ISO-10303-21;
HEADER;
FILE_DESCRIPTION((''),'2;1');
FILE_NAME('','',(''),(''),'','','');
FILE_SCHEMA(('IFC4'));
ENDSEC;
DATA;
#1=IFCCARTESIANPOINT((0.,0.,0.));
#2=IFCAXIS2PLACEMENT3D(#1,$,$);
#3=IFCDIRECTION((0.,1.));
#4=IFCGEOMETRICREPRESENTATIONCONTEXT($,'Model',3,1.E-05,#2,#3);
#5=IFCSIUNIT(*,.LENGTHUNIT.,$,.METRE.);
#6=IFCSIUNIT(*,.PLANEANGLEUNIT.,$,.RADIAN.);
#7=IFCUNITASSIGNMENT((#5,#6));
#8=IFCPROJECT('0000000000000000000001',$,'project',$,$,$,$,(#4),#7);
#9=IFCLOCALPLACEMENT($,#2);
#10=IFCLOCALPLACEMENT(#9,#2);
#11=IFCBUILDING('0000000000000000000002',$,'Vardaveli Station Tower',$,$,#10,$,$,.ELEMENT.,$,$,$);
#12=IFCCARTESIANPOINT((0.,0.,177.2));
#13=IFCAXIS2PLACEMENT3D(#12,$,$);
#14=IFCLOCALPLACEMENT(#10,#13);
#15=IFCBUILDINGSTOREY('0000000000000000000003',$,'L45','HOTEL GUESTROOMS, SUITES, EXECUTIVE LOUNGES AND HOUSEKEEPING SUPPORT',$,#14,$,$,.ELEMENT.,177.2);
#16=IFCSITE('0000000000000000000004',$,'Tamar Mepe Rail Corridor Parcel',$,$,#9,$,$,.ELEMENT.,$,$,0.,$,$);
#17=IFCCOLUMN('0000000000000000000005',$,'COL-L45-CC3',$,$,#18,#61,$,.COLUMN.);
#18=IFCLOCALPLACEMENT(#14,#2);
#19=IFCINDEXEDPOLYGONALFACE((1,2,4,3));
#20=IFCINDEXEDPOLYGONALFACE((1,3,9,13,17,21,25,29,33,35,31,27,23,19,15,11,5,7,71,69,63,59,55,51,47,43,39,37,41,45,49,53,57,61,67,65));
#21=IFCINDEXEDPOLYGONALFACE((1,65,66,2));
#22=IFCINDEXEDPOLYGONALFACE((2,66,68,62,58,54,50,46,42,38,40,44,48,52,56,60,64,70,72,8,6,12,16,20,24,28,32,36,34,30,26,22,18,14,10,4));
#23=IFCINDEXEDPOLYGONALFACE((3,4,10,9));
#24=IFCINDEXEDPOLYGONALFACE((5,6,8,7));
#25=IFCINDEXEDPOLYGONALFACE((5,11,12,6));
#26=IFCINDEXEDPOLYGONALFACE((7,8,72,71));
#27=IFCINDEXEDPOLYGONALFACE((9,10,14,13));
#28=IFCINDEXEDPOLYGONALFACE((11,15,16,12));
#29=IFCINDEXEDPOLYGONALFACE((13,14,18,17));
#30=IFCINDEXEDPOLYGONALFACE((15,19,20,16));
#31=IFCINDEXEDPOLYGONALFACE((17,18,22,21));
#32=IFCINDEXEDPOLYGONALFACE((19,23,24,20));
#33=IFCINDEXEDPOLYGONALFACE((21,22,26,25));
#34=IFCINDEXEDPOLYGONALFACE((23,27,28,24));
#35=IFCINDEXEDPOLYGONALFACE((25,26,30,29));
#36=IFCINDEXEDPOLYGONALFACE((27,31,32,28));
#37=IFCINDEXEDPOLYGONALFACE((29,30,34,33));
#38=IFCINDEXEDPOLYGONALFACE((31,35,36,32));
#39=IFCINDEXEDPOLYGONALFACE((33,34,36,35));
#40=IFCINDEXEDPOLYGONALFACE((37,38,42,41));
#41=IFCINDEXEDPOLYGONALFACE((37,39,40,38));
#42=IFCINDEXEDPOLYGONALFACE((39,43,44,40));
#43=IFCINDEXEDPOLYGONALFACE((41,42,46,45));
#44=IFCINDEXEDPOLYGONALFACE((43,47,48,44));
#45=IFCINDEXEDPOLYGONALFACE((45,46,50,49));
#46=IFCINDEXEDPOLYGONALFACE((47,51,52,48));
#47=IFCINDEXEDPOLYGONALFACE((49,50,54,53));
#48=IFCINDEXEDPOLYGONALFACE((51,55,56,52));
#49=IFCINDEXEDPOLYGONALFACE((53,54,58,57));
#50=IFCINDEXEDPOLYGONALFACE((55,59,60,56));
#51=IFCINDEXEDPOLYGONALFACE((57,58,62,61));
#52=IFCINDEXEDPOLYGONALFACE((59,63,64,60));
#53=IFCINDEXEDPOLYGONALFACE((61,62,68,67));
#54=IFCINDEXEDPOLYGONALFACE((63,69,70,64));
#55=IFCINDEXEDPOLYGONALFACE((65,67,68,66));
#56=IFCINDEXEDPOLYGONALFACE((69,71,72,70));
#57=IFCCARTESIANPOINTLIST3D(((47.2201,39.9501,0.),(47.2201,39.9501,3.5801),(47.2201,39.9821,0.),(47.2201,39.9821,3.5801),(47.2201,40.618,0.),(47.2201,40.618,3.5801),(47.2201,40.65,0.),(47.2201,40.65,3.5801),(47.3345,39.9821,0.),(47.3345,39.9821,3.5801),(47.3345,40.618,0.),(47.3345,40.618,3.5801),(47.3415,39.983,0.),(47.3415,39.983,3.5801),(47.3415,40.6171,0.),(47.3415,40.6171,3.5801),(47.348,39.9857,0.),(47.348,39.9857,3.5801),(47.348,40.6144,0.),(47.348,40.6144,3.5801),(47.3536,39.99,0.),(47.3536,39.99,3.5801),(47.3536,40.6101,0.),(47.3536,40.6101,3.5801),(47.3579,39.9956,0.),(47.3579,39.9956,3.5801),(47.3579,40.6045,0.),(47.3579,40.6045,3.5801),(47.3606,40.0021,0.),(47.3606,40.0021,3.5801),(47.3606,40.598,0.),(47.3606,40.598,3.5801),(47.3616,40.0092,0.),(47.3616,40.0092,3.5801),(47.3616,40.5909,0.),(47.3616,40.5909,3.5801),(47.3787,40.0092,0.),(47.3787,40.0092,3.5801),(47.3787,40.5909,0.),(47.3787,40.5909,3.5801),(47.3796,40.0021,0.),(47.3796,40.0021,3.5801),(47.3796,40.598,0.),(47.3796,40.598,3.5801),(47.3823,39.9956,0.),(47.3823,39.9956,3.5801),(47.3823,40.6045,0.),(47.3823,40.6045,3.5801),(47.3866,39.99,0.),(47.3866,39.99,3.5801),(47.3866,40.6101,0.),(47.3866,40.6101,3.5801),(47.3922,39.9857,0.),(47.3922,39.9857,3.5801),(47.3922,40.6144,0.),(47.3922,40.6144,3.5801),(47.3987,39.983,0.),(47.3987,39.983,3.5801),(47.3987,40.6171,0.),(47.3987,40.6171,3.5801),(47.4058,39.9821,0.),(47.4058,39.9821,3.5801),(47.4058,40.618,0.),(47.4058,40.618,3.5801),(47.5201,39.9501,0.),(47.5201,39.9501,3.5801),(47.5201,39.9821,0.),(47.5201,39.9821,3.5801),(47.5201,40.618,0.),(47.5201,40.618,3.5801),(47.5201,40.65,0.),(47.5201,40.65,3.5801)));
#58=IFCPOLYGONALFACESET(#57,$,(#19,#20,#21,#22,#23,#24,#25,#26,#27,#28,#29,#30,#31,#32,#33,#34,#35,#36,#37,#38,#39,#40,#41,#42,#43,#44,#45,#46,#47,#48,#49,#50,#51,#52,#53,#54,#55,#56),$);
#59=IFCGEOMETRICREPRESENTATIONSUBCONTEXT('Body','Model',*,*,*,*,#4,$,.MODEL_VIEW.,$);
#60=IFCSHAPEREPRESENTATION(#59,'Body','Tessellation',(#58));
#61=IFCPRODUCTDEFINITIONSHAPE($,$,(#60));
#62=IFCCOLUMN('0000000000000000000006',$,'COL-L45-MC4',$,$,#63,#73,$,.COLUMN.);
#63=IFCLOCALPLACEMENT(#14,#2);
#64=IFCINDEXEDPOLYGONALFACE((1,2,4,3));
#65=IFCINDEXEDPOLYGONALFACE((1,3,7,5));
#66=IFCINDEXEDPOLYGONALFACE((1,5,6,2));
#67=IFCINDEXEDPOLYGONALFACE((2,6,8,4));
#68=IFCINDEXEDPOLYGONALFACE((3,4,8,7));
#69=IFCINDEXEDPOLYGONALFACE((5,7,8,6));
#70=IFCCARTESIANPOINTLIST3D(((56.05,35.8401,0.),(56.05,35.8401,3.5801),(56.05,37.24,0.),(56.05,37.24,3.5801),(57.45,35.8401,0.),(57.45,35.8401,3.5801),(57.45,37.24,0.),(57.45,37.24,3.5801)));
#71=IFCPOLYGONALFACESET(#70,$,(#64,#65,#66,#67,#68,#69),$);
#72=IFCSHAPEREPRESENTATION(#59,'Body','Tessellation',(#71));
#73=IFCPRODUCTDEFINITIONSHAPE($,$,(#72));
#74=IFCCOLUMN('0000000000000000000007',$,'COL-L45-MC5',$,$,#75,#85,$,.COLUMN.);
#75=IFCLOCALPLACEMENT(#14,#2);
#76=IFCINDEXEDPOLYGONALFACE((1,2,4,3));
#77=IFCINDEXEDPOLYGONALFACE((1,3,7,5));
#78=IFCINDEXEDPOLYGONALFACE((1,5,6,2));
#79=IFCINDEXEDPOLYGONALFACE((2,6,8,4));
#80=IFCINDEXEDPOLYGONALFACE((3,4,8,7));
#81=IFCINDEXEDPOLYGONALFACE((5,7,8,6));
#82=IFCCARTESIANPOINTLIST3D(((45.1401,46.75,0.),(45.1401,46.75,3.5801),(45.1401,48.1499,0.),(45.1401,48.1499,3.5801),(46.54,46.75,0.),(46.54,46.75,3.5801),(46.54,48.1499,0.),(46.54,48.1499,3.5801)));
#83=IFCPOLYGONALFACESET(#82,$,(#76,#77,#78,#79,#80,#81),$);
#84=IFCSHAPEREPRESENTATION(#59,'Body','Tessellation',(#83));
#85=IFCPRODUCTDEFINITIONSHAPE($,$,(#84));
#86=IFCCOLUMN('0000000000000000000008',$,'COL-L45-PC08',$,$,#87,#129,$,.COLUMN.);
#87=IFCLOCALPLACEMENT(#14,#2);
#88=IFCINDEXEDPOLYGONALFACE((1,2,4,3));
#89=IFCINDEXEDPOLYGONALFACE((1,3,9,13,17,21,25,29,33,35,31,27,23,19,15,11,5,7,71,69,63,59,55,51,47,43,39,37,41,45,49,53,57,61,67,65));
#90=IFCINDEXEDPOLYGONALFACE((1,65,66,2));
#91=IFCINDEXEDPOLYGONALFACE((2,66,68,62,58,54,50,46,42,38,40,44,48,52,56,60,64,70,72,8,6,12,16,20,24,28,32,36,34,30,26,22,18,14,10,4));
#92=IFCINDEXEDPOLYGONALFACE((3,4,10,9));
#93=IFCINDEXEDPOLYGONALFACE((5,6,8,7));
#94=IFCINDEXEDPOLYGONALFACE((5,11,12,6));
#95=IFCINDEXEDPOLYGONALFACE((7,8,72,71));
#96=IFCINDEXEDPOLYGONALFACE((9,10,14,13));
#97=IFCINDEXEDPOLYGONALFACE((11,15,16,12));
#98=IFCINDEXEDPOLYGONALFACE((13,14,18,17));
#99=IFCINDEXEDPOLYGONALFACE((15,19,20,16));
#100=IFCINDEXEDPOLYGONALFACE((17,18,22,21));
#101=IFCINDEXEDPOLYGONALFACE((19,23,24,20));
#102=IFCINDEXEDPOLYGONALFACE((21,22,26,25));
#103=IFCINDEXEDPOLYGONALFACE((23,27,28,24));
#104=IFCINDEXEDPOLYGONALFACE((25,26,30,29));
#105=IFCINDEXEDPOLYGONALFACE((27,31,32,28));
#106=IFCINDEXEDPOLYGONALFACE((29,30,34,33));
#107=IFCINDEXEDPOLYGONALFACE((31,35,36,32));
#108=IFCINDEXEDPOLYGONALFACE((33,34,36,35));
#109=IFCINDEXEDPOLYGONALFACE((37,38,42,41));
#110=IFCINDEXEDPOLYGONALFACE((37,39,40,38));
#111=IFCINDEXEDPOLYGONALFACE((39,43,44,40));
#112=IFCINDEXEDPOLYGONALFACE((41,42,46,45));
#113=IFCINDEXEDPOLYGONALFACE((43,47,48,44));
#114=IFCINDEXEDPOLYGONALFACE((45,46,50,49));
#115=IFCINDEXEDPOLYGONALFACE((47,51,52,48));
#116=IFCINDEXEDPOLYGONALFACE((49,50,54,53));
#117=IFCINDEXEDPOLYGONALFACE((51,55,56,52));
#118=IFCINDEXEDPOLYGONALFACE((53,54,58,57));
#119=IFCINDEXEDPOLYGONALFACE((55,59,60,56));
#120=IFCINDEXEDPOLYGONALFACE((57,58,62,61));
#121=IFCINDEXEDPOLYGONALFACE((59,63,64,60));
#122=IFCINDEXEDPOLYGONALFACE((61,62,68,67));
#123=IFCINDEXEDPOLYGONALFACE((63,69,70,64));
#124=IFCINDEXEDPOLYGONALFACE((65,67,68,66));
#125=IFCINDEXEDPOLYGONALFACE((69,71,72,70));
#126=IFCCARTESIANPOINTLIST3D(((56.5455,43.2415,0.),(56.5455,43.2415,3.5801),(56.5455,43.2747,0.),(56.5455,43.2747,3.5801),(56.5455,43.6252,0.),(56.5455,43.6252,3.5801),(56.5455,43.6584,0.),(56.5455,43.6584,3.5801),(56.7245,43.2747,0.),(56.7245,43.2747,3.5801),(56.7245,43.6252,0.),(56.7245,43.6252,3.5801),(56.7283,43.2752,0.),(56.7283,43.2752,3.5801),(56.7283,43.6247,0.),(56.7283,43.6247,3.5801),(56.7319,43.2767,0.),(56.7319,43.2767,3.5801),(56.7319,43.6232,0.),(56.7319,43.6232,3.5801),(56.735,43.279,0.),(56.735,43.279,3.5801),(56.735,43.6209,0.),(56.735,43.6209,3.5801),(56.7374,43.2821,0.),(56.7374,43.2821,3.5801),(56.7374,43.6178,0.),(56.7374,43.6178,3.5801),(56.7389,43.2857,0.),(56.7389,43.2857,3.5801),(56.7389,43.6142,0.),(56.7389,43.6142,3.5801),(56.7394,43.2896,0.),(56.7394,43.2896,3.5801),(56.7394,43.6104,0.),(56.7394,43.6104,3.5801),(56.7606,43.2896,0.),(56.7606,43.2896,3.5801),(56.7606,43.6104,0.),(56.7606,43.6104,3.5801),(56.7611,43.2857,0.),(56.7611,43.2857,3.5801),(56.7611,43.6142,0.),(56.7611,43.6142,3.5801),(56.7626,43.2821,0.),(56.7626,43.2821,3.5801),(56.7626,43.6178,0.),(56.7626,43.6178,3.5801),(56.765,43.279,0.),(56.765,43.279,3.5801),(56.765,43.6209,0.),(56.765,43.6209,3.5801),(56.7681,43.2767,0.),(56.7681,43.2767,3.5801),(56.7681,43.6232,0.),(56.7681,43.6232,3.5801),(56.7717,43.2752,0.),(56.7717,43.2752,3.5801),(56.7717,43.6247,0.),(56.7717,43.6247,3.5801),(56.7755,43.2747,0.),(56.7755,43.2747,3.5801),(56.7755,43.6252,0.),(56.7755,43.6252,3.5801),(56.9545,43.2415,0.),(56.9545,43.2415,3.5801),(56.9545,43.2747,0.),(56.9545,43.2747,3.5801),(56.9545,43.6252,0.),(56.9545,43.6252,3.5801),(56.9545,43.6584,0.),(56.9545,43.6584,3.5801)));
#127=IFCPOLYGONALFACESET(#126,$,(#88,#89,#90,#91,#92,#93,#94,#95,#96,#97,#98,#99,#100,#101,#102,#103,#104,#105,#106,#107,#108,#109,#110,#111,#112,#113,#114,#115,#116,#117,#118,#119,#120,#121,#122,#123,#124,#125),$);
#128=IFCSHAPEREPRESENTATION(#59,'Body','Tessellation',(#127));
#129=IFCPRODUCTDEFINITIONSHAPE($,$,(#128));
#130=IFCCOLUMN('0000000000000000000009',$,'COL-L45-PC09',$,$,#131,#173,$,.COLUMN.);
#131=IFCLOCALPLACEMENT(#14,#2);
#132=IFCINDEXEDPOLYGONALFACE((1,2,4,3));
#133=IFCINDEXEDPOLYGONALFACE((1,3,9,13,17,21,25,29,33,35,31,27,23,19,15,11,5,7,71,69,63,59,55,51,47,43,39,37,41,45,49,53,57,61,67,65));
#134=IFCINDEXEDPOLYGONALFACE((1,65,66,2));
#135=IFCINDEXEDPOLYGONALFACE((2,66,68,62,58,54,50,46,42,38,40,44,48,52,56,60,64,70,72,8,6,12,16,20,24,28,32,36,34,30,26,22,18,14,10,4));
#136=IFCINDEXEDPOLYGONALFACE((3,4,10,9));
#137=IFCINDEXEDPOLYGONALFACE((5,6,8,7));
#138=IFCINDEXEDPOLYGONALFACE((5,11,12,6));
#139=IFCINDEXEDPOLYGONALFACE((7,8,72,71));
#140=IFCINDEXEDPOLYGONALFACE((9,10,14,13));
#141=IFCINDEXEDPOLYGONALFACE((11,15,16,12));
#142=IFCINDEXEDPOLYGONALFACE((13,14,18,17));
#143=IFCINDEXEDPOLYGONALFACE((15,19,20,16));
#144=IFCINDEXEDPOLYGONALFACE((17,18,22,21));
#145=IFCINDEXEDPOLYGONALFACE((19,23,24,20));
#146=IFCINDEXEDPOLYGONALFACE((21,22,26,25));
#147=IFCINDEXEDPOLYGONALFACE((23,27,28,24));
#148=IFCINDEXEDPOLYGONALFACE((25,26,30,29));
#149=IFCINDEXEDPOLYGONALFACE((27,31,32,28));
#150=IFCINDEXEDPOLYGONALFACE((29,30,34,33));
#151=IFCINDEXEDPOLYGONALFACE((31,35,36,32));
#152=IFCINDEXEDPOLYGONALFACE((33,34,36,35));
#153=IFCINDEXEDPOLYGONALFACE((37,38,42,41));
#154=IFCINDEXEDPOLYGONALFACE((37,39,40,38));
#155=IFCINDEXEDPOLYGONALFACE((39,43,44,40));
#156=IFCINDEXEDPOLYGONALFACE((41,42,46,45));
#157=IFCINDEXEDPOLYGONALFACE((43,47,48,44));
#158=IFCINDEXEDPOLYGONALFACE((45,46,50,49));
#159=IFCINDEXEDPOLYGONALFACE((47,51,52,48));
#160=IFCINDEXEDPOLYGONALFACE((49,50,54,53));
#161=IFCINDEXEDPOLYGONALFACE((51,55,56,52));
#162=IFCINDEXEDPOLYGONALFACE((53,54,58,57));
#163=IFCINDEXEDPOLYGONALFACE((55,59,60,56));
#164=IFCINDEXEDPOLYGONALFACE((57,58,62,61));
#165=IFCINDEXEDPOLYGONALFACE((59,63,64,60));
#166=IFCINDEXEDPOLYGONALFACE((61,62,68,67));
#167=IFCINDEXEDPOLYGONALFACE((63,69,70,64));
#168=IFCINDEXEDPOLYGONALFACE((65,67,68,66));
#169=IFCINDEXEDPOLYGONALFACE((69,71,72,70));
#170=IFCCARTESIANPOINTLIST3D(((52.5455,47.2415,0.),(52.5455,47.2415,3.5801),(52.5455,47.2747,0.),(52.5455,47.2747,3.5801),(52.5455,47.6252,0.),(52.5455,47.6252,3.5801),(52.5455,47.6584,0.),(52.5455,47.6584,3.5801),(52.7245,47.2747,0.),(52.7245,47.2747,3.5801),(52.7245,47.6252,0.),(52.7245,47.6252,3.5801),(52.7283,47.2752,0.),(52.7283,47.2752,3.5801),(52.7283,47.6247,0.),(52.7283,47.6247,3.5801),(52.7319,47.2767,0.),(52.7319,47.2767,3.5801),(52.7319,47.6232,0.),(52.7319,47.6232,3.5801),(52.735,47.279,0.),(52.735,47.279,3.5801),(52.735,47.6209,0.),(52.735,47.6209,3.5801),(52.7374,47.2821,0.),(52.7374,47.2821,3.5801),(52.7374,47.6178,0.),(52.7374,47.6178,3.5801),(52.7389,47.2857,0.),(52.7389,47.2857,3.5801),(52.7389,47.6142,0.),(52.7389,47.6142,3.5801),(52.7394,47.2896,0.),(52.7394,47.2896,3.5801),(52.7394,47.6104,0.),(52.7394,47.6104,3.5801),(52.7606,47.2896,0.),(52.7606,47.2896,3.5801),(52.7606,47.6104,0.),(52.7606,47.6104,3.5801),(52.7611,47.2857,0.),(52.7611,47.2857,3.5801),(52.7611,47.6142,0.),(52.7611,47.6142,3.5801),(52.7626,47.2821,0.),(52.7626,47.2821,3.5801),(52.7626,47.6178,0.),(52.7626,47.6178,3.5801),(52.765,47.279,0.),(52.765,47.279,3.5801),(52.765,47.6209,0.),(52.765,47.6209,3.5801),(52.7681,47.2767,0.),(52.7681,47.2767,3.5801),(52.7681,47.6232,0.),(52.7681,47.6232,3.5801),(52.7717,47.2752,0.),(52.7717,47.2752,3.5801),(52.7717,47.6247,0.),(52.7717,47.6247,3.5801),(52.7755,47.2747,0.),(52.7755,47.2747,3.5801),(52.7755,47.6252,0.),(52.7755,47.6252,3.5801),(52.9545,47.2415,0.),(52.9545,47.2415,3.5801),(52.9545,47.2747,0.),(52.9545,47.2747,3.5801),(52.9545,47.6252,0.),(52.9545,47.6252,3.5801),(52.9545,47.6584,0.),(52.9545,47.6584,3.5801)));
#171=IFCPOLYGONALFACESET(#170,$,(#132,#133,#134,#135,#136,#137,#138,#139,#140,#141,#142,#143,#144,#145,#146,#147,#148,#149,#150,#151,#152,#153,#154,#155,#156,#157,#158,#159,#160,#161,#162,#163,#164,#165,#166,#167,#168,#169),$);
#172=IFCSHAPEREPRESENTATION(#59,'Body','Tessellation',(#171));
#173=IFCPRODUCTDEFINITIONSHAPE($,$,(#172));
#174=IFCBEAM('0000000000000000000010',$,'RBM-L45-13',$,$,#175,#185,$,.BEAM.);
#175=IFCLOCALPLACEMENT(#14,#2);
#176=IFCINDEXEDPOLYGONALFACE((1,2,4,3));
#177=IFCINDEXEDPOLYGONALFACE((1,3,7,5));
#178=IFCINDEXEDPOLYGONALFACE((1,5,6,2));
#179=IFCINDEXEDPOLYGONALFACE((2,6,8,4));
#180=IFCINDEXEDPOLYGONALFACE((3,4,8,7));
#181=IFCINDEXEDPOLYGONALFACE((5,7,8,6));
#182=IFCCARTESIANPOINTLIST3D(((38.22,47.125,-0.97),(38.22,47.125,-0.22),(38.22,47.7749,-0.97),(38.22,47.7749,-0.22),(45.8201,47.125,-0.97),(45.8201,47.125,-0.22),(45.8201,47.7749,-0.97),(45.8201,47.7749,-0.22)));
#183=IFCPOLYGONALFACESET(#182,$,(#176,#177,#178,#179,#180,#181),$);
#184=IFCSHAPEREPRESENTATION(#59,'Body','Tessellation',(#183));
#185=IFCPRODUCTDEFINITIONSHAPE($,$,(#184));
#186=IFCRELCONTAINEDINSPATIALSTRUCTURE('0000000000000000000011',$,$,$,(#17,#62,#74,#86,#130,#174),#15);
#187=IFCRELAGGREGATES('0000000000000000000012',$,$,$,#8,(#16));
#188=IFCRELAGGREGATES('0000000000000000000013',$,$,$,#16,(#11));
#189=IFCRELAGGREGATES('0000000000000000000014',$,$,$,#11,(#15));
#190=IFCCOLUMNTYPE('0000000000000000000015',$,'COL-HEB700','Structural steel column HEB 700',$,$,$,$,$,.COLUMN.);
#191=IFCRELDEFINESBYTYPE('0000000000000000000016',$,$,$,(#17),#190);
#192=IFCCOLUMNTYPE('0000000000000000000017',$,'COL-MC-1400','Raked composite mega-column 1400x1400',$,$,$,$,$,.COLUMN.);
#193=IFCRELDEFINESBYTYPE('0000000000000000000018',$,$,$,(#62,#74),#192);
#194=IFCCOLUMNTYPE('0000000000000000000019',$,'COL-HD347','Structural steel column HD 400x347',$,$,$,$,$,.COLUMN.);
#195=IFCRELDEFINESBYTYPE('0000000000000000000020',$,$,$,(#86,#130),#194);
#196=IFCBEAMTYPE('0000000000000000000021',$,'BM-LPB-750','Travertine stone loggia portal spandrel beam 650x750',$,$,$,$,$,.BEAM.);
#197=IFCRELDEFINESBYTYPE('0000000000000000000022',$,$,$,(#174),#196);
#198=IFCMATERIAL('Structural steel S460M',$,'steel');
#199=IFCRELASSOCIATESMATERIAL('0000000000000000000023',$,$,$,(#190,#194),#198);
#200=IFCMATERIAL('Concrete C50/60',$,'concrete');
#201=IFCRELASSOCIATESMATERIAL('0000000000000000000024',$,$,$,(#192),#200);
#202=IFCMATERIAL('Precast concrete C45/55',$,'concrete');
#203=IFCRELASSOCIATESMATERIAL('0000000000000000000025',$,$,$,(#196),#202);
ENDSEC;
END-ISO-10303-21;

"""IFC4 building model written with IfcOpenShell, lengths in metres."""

from ifc_helpers import new_model, si_unit, direction, frame, origin, origin_2d, place, context, subcontext, project, spatial, rectangle, i_section, extrude, source, transform, mapped, material, material_profile, profile_set, type_object, element, save


model = new_model("IFC4")

# Units and contexts
model_context = context("Model", 3, precision=1e-05, world=origin(), true_north=direction((0.0, 1.0)))
body_context = subcontext(model_context, "Body", "Model", "MODEL_VIEW")
ifc_project = project(units=[si_unit("LENGTHUNIT", "METRE"), si_unit("PLANEANGLEUNIT", "RADIAN")], contexts=[model_context])

# Site, building, storey
site_placement = place(None, origin())
site = spatial("IfcSite", under=ifc_project, at=site_placement, Name="Tamar Mepe Rail Corridor Parcel", CompositionType="ELEMENT", RefElevation=0.0)
building_placement = place(site_placement, origin())
building = spatial("IfcBuilding", under=site, at=building_placement, Name="Vardaveli Station Tower", CompositionType="ELEMENT")
storey_placement = place(building_placement, frame((0.0, 0.0, 177.2)))
storey = spatial("IfcBuildingStorey", under=building, at=storey_placement, Name="L45", Description="HOTEL GUESTROOMS, SUITES, EXECUTIVE LOUNGES AND HOUSEKEEPING SUPPORT", CompositionType="ELEMENT", Elevation=177.2)

# Columns
ifc_material_1 = material(Name="Structural steel S460M", Category="steel")
ifc_material_profile_1 = material_profile(ifc_material_1, i_section(OverallWidth=0.3, OverallDepth=0.7, WebThickness=0.0171, FlangeThickness=0.032, FilletRadius=0.0271, at=origin_2d()), Name="HEB 700")
ifc_profile_set_1 = profile_set([ifc_material_profile_1], Name="Structural steel S460M")
column_type_1 = type_object("IfcColumnType", Name="COL-HEB700", Description="Structural steel column HEB 700", PredefinedType="COLUMN", material=ifc_profile_set_1)
shared_shape_1 = source(origin(), body_context, "Body", "SweptSolid", [
    extrude(i_section(OverallWidth=0.3, OverallDepth=0.7, WebThickness=0.0171, FlangeThickness=0.032, FilletRadius=0.0271, at=origin_2d()), origin(), (0.0, 0.0, 1.0), 3.5801),
])
column_placement = place(storey_placement, frame((47.3701, 40.3, 0.0), z_axis=(0.0, 0.0, 1.0), x_axis=(1.0, 0.0, 0.0)))
element("IfcColumn", 1, at=column_placement, inside=storey, type_object=column_type_1, Name="COL-L45-CC3", PredefinedType="COLUMN", context=body_context, shape_type="MappedRepresentation", body=[
    mapped(shared_shape_1, transform((0.0, 0.0, 0.0), scale=1.0)),
])
ifc_material_2 = material(Name="Concrete C50/60", Category="concrete")
ifc_material_profile_2 = material_profile(ifc_material_2, rectangle(XDim=1.3999, YDim=1.3999, at=origin_2d()), Name="MC 1400x1400")
ifc_profile_set_2 = profile_set([ifc_material_profile_2], Name="Concrete C50/60")
column_type_2 = type_object("IfcColumnType", Name="COL-MC-1400", Description="Raked composite mega-column 1400x1400", PredefinedType="COLUMN", material=ifc_profile_set_2)
shared_shape_2 = source(origin(), body_context, "Body", "SweptSolid", [
    extrude(rectangle(XDim=1.3999, YDim=1.3999, at=origin_2d()), origin(), (0.0, 0.0, 1.0), 3.5801),
])
for number, where, z_axis, x_axis, name in (
    (2, (56.75, 36.54, 0.0), (0.0, 0.0, 1.0), (1.0, 0.0, 0.0), "COL-L45-MC4"),
    (3, (45.8401, 47.45, 0.0), (0.0, 0.0, 1.0), (1.0, 0.0, 0.0), "COL-L45-MC5"),
):
    element("IfcColumn", number, at=place(storey_placement, frame(where, z_axis=z_axis, x_axis=x_axis)), inside=storey, type_object=column_type_2, Name=name, PredefinedType="COLUMN", context=body_context, shape_type="MappedRepresentation", body=[
        mapped(shared_shape_2, transform((0.0, 0.0, 0.0), scale=1.0)),
    ])
ifc_material_profile_3 = material_profile(ifc_material_1, i_section(OverallWidth=0.4089, OverallDepth=0.417, WebThickness=0.0212, FlangeThickness=0.0332, FilletRadius=0.0149, at=origin_2d()), Name="HD 400x347")
ifc_profile_set_3 = profile_set([ifc_material_profile_3], Name="Structural steel S460M")
column_type_3 = type_object("IfcColumnType", Name="COL-HD347", Description="Structural steel column HD 400x347", PredefinedType="COLUMN", material=ifc_profile_set_3)
shared_shape_3 = source(origin(), body_context, "Body", "SweptSolid", [
    extrude(i_section(OverallWidth=0.4089, OverallDepth=0.417, WebThickness=0.0212, FlangeThickness=0.0332, FilletRadius=0.0149, at=origin_2d()), origin(), (0.0, 0.0, 1.0), 3.5801),
])
for number, where, z_axis, x_axis, name in (
    (4, (56.75, 43.45, 0.0), (0.0, 0.0, 1.0), (1.0, 0.0, 0.0), "COL-L45-PC08"),
    (5, (52.75, 47.45, 0.0), (0.0, 0.0, 1.0), (1.0, 0.0, 0.0), "COL-L45-PC09"),
):
    element("IfcColumn", number, at=place(storey_placement, frame(where, z_axis=z_axis, x_axis=x_axis)), inside=storey, type_object=column_type_3, Name=name, PredefinedType="COLUMN", context=body_context, shape_type="MappedRepresentation", body=[
        mapped(shared_shape_3, transform((0.0, 0.0, 0.0), scale=1.0)),
    ])

# Beam
ifc_material_3 = material(Name="Precast concrete C45/55", Category="concrete")
ifc_material_profile_4 = material_profile(ifc_material_3, rectangle(XDim=0.6499, YDim=0.75, at=origin_2d()), Name="LPB 650x750")
ifc_profile_set_4 = profile_set([ifc_material_profile_4], Name="Precast concrete C45/55")
beam_type = type_object("IfcBeamType", Name="BM-LPB-750", Description="Travertine stone loggia portal spandrel beam 650x750", PredefinedType="BEAM", material=ifc_profile_set_4)
shared_shape_4 = source(origin(), body_context, "Body", "SweptSolid", [
    extrude(rectangle(XDim=0.6499, YDim=0.75, at=origin_2d()), origin(), (0.0, 0.0, 1.0), 7.6001),
])
beam_1_placement = place(storey_placement, frame((45.8201, 47.45, -0.595), z_axis=(-1.0, 0.0, 0.0), x_axis=(0.0, -1.0, 0.0)))
element("IfcBeam", 6, at=beam_1_placement, inside=storey, type_object=beam_type, Name="RBM-L45-13", PredefinedType="BEAM", context=body_context, shape_type="MappedRepresentation", body=[
    mapped(shared_shape_4, transform((0.0, 0.0, 0.0), scale=1.0)),
])

save(model, "model.ifc")
